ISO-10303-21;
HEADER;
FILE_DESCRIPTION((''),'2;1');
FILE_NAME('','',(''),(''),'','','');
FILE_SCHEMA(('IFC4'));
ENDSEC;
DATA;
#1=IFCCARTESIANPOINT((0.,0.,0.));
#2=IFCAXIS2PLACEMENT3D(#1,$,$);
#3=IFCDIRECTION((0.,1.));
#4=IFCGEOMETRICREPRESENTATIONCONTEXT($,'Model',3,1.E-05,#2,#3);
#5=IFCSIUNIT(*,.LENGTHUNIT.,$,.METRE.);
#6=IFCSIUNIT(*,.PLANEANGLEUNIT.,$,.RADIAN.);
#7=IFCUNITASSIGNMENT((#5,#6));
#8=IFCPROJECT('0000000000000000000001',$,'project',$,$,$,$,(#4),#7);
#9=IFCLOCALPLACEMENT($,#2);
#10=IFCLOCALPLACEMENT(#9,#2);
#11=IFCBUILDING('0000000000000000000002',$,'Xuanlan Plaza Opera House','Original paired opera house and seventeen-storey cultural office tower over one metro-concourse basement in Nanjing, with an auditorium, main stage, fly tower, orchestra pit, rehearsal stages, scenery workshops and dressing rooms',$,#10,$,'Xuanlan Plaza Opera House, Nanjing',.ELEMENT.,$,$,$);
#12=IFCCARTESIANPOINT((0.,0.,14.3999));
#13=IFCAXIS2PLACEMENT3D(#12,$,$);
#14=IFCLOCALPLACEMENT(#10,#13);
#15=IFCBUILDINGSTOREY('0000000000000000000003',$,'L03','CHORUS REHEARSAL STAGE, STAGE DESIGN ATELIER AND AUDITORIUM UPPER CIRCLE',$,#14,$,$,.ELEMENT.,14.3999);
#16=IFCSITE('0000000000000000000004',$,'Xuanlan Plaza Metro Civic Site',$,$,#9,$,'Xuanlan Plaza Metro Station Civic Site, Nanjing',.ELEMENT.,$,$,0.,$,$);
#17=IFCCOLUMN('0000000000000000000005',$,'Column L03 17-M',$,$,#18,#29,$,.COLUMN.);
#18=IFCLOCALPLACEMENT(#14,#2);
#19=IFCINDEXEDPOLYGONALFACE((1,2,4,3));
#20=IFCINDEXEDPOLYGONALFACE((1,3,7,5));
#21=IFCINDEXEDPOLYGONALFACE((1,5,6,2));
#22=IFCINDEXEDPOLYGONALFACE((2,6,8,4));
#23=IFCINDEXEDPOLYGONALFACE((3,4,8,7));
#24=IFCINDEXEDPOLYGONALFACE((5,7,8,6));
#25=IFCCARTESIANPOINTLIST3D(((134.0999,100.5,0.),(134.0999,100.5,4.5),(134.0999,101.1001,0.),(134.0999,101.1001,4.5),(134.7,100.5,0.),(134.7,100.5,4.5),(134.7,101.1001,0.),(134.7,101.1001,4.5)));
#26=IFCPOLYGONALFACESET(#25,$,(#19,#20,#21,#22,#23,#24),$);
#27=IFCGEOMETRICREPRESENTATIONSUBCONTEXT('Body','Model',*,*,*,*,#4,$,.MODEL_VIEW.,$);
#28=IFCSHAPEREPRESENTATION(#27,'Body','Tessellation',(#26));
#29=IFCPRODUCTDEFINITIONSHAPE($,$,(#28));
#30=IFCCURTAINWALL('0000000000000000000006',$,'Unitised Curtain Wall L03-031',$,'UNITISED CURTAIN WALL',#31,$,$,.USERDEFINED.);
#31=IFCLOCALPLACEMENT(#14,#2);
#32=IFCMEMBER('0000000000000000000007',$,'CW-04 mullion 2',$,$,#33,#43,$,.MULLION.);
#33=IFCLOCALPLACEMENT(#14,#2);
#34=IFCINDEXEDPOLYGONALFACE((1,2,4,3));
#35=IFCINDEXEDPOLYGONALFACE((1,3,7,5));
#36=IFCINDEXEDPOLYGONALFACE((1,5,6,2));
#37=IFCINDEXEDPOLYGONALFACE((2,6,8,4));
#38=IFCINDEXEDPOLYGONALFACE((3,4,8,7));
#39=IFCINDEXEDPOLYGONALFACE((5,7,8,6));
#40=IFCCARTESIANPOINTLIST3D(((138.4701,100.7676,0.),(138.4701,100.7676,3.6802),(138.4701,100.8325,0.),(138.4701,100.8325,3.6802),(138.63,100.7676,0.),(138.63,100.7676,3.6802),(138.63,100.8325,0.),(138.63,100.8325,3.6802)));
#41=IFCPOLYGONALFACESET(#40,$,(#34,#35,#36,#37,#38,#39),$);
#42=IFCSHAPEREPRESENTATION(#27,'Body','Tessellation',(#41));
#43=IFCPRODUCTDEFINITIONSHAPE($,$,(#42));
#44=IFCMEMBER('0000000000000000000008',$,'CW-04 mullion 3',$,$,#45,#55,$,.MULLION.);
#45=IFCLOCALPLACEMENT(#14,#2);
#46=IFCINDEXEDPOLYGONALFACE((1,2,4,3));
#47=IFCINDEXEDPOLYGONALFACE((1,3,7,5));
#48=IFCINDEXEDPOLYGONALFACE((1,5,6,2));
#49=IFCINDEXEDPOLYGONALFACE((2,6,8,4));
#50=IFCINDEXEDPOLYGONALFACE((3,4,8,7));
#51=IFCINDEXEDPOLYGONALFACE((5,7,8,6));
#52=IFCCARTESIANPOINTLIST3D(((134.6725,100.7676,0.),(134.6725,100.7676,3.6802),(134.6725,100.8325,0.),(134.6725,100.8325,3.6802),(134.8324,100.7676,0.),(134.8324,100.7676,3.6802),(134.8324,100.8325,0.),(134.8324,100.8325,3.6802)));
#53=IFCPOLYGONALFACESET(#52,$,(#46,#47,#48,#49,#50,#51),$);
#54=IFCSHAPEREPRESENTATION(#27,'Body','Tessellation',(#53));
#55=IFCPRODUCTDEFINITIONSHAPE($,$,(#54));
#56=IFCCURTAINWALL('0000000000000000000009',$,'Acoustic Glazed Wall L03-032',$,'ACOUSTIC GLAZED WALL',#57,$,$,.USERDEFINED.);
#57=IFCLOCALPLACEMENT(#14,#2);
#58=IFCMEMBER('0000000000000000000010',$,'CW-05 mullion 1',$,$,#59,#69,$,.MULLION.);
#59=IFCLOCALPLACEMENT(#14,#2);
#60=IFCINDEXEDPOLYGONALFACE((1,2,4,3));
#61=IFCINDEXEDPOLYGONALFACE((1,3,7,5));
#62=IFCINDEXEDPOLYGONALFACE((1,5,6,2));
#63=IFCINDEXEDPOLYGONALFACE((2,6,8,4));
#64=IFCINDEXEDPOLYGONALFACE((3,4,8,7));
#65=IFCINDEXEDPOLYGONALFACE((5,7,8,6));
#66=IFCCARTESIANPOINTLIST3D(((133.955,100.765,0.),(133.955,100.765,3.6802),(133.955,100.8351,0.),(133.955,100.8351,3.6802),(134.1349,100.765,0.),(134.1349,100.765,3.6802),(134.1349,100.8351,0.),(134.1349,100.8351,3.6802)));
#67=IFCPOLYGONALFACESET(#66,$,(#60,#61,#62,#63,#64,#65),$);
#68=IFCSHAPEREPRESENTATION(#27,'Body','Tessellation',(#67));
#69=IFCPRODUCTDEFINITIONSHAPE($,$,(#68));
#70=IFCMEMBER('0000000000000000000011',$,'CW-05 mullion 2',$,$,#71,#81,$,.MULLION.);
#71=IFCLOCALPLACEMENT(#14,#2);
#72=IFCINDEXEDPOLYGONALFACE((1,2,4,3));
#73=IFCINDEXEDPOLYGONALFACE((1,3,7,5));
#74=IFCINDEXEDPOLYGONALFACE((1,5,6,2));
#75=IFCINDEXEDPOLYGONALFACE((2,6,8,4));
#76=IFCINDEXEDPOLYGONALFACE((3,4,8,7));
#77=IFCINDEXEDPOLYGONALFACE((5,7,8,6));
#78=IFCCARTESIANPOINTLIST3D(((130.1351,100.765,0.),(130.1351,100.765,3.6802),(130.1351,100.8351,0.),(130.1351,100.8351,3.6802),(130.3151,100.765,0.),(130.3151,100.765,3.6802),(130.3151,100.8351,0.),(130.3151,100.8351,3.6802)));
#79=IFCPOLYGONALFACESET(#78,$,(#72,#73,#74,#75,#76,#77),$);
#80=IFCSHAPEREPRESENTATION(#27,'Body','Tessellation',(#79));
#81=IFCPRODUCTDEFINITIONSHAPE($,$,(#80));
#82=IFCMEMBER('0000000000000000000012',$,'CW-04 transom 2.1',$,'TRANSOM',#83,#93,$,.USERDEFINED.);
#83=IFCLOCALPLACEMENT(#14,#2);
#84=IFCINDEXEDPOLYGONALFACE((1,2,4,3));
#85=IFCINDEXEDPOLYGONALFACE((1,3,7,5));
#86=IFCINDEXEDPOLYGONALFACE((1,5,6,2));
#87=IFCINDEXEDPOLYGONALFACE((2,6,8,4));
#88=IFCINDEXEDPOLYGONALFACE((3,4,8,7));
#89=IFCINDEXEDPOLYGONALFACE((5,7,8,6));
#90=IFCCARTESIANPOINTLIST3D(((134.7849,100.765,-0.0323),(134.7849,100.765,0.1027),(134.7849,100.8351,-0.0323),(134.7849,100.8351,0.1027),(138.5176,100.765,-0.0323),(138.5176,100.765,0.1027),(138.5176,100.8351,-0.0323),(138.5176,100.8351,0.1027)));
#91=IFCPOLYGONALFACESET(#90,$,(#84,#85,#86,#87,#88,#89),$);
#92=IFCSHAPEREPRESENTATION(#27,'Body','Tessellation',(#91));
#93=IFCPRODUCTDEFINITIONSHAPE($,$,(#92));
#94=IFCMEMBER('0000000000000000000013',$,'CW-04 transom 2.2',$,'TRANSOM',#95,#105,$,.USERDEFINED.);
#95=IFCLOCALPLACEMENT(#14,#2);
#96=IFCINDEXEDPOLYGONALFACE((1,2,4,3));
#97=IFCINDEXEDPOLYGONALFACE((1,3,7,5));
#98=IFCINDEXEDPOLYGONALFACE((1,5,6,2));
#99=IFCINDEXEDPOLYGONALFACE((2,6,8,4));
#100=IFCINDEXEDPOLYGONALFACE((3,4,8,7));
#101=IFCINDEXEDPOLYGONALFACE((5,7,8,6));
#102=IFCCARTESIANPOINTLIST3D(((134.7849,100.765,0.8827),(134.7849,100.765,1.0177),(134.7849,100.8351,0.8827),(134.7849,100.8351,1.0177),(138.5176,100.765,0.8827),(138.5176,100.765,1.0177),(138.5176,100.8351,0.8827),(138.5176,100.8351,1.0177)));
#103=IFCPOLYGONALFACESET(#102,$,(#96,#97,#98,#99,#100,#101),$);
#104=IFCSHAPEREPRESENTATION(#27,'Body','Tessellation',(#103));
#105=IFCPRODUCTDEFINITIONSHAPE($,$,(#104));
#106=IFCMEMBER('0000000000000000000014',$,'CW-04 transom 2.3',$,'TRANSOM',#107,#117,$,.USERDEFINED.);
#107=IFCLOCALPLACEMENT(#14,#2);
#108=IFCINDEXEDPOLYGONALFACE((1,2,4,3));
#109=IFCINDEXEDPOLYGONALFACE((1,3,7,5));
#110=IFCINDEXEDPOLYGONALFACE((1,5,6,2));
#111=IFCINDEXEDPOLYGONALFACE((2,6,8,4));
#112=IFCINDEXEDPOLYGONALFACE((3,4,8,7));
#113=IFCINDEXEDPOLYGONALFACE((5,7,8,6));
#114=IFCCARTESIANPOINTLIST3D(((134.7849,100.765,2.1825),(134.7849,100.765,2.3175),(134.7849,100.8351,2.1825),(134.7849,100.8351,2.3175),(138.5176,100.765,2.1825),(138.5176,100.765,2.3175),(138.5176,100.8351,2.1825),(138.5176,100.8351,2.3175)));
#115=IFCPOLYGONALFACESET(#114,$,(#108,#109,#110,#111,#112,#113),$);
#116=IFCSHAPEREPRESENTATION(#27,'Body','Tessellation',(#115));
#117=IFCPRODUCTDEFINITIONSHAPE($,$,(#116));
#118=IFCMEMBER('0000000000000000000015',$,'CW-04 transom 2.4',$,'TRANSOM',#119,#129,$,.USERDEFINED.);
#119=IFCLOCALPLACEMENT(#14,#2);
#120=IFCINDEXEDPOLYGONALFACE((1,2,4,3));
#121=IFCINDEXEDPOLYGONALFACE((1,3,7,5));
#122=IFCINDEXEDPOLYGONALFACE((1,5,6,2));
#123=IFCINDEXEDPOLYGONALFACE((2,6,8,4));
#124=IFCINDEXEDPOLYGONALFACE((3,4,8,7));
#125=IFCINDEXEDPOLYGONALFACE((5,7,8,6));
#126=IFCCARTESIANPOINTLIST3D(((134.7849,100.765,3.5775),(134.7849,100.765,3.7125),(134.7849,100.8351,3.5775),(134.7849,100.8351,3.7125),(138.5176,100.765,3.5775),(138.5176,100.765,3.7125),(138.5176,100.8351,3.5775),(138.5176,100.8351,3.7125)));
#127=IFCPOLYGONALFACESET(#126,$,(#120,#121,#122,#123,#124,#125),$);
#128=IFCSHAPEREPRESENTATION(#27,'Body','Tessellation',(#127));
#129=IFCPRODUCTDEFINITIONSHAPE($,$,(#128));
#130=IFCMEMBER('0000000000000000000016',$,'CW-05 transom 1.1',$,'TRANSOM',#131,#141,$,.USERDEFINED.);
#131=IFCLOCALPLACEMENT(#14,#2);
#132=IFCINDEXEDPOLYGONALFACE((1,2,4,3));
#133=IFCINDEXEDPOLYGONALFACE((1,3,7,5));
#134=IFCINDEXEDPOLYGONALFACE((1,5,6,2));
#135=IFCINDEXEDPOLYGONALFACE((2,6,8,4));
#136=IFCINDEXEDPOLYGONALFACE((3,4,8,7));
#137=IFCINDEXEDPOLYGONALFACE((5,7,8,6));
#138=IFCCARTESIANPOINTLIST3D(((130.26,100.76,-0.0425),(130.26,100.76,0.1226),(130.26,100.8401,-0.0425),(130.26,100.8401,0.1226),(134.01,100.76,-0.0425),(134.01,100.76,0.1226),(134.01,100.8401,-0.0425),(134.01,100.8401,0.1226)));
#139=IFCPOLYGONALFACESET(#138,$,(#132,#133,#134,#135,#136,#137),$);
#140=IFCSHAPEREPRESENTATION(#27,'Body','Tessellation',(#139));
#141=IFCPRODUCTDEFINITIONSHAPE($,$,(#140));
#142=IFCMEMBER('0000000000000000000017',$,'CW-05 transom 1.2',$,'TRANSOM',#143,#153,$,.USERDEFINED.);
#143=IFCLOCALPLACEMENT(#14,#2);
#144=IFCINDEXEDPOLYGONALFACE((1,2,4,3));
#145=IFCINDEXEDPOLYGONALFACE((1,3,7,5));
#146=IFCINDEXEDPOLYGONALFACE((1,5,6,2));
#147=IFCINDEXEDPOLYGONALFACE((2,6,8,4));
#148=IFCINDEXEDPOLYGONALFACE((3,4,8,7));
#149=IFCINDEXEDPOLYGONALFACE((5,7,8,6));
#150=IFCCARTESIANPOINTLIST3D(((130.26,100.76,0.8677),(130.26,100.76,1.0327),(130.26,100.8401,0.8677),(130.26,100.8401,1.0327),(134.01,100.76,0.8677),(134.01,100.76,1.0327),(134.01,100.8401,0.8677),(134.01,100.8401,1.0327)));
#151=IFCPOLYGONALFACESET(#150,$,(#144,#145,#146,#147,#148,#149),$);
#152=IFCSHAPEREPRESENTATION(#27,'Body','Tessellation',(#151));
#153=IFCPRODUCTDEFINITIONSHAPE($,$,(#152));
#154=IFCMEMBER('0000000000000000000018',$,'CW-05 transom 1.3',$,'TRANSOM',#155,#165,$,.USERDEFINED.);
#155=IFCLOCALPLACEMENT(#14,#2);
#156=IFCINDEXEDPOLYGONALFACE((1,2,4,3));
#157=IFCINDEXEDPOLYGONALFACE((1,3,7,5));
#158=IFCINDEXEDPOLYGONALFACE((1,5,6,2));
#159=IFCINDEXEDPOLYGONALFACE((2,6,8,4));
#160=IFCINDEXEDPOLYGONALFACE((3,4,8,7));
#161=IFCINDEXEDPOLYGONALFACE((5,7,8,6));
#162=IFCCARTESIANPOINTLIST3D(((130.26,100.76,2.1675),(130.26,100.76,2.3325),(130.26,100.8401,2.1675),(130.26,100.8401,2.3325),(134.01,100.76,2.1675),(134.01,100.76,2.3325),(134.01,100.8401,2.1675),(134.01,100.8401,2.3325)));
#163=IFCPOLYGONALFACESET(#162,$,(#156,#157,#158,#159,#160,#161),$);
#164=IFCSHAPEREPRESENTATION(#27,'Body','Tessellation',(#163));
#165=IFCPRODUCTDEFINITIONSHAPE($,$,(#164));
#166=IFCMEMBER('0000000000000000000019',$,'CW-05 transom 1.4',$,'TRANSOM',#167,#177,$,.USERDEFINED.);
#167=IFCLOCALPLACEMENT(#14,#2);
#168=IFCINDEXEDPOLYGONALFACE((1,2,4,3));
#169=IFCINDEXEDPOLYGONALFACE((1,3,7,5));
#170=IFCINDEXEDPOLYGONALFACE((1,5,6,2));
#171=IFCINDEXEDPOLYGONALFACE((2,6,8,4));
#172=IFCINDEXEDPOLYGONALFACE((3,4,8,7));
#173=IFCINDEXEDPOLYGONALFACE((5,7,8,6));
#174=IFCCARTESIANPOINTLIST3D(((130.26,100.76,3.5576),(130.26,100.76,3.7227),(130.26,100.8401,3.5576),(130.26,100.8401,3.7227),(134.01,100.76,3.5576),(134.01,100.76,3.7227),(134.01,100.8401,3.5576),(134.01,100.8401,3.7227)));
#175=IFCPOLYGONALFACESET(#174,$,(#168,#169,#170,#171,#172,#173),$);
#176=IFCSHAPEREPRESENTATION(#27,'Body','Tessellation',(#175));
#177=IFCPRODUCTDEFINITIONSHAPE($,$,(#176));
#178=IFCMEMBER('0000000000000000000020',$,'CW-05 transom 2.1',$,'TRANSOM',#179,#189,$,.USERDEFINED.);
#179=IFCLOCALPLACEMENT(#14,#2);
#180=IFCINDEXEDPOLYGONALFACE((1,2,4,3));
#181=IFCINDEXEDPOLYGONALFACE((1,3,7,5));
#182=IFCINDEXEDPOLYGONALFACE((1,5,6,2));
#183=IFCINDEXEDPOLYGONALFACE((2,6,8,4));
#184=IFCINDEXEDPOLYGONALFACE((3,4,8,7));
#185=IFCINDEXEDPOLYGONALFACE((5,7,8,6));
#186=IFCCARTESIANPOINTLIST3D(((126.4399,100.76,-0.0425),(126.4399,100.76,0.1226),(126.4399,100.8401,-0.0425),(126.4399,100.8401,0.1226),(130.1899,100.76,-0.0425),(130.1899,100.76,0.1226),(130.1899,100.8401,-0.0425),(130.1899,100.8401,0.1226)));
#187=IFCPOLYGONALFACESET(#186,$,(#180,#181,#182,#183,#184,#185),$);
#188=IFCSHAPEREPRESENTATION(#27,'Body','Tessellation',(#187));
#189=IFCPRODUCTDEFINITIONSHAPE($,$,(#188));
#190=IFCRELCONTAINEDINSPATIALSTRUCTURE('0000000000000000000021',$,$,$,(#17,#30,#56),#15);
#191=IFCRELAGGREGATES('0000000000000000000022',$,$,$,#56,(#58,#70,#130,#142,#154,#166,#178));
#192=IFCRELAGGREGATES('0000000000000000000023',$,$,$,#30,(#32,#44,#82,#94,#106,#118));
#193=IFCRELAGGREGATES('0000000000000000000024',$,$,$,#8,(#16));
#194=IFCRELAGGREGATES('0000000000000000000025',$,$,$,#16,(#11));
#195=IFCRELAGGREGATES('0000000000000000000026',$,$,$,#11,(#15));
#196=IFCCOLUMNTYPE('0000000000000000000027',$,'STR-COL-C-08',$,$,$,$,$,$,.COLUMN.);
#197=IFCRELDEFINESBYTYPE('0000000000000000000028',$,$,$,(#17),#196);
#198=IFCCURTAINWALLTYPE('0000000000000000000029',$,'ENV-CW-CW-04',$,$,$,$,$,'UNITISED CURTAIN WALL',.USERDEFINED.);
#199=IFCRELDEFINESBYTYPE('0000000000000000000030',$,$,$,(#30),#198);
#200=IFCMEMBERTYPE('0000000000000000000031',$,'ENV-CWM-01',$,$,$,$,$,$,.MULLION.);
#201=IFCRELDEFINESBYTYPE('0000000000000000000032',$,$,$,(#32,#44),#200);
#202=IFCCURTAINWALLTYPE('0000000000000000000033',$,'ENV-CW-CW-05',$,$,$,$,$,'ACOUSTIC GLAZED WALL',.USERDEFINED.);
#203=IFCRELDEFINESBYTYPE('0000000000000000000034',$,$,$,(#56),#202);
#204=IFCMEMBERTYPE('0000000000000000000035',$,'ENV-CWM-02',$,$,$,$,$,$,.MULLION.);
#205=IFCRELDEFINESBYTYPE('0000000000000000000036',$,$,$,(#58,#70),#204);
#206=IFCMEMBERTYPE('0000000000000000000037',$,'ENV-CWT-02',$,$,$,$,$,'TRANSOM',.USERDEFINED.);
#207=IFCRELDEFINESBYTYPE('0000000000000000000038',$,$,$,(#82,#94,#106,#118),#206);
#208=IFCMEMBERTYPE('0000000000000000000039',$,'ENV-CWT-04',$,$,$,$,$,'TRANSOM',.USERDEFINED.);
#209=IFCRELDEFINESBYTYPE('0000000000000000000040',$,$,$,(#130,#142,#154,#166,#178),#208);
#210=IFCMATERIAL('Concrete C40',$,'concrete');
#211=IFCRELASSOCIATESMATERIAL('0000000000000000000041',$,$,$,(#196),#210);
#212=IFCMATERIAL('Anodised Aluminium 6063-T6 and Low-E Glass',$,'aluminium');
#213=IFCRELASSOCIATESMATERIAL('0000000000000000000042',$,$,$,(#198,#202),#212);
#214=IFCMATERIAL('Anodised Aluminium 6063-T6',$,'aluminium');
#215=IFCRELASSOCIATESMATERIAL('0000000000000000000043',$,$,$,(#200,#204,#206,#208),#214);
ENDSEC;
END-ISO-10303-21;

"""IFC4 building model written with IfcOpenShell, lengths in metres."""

from ifc_helpers import new_model, si_unit, direction, frame, origin, origin_2d, place, context, subcontext, project, spatial, rectangle, extrude, material, material_profile, profile_set, type_object, element, aggregate, save


model = new_model("IFC4")

# Units and contexts
model_context = context("Model", 3, precision=1e-05, world=origin(), true_north=direction((0.0, 1.0)))
body_context = subcontext(model_context, "Body", "Model", "MODEL_VIEW")
ifc_project = project(units=[si_unit("LENGTHUNIT", "METRE"), si_unit("PLANEANGLEUNIT", "RADIAN")], contexts=[model_context])

# Site, building, storey
site_placement = place(None, origin())
site = spatial("IfcSite", under=ifc_project, at=site_placement, Name="Xuanlan Plaza Metro Civic Site", LongName="Xuanlan Plaza Metro Station Civic Site, Nanjing", CompositionType="ELEMENT", RefElevation=0.0)
building_placement = place(site_placement, origin())
building = spatial("IfcBuilding", under=site, at=building_placement, Name="Xuanlan Plaza Opera House", Description="Original paired opera house and seventeen-storey cultural office tower over one metro-concourse basement in Nanjing, with an auditorium, main stage, fly tower, orchestra pit, rehearsal stages, scenery workshops and dressing rooms", LongName="Xuanlan Plaza Opera House, Nanjing", CompositionType="ELEMENT")
storey_placement = place(building_placement, frame((0.0, 0.0, 14.3999)))
storey = spatial("IfcBuildingStorey", under=building, at=storey_placement, Name="L03", Description="CHORUS REHEARSAL STAGE, STAGE DESIGN ATELIER AND AUDITORIUM UPPER CIRCLE", CompositionType="ELEMENT", Elevation=14.3999)

# Column
ifc_material_1 = material(Name="Concrete C40", Category="concrete")
ifc_material_profile_1 = material_profile(ifc_material_1, rectangle(XDim=0.6001, YDim=0.6001, at=origin_2d()), Name="RC-COL 600x600")
ifc_profile_set_1 = profile_set([ifc_material_profile_1], Name="Concrete C40")
column_type = type_object("IfcColumnType", Name="STR-COL-C-08", PredefinedType="COLUMN", material=ifc_profile_set_1)
column_placement = place(storey_placement, frame((134.3999, 100.8, 0.0), z_axis=(0.0, 0.0, 1.0), x_axis=(1.0, 0.0, 0.0)))
element("IfcColumn", 1, at=column_placement, inside=storey, type_object=column_type, Name="Column L03 17-M", PredefinedType="COLUMN", context=body_context, shape_type="SweptSolid", body=[
    extrude(rectangle(XDim=0.6001, YDim=0.6001, at=origin_2d()), origin(), (0.0, 0.0, 1.0), 4.5),
])

# Curtain walls, members
ifc_material_2 = material(Name="Anodised Aluminium 6063-T6 and Low-E Glass", Category="aluminium")
curtain_wall_type_1 = type_object("IfcCurtainWallType", Name="ENV-CW-CW-04", ElementType="UNITISED CURTAIN WALL", PredefinedType="USERDEFINED", material=ifc_material_2)
curtain_wall_1_placement = place(storey_placement, origin())
curtain_wall_1 = element("IfcCurtainWall", 2, at=curtain_wall_1_placement, inside=storey, type_object=curtain_wall_type_1, Name="Unitised Curtain Wall L03-031", ObjectType="UNITISED CURTAIN WALL", PredefinedType="USERDEFINED")
ifc_material_3 = material(Name="Anodised Aluminium 6063-T6", Category="aluminium")
ifc_material_profile_2 = material_profile(ifc_material_3, rectangle(XDim=0.0649, YDim=0.1599, at=origin_2d()), Name="ALU-M 65x160")
ifc_profile_set_2 = profile_set([ifc_material_profile_2], Name="Anodised Aluminium 6063-T6")
member_type_1 = type_object("IfcMemberType", Name="ENV-CWM-01", PredefinedType="MULLION", material=ifc_profile_set_2)
member_1_placement = place(storey_placement, frame((138.55, 100.8, 0.0), z_axis=(0.0, 0.0, 1.0), x_axis=(0.0, -1.0, 0.0)))
member_1 = element("IfcMember", 3, at=member_1_placement, type_object=member_type_1, Name="CW-04 mullion 2", PredefinedType="MULLION", context=body_context, shape_type="SweptSolid", body=[
    extrude(rectangle(XDim=0.0649, YDim=0.1599, at=origin_2d()), origin(), (0.0, 0.0, 1.0), 3.6802),
])
member_2_placement = place(storey_placement, frame((134.7524, 100.8, 0.0), z_axis=(0.0, 0.0, 1.0), x_axis=(0.0, -1.0, 0.0)))
member_2 = element("IfcMember", 4, at=member_2_placement, type_object=member_type_1, Name="CW-04 mullion 3", PredefinedType="MULLION", context=body_context, shape_type="SweptSolid", body=[
    extrude(rectangle(XDim=0.0649, YDim=0.1599, at=origin_2d()), origin(), (0.0, 0.0, 1.0), 3.6802),
])
curtain_wall_type_2 = type_object("IfcCurtainWallType", Name="ENV-CW-CW-05", ElementType="ACOUSTIC GLAZED WALL", PredefinedType="USERDEFINED", material=ifc_material_2)
curtain_wall_2_placement = place(storey_placement, origin())
curtain_wall_2 = element("IfcCurtainWall", 5, at=curtain_wall_2_placement, inside=storey, type_object=curtain_wall_type_2, Name="Acoustic Glazed Wall L03-032", ObjectType="ACOUSTIC GLAZED WALL", PredefinedType="USERDEFINED")
ifc_material_profile_3 = material_profile(ifc_material_3, rectangle(XDim=0.0701, YDim=0.1799, at=origin_2d()), Name="ALU-M 70x180")
ifc_profile_set_3 = profile_set([ifc_material_profile_3], Name="Anodised Aluminium 6063-T6")
member_type_2 = type_object("IfcMemberType", Name="ENV-CWM-02", PredefinedType="MULLION", material=ifc_profile_set_3)
member_3_placement = place(storey_placement, frame((134.0449, 100.8, 0.0), z_axis=(0.0, 0.0, 1.0), x_axis=(0.0, -1.0, 0.0)))
member_3 = element("IfcMember", 6, at=member_3_placement, type_object=member_type_2, Name="CW-05 mullion 1", PredefinedType="MULLION", context=body_context, shape_type="SweptSolid", body=[
    extrude(rectangle(XDim=0.0701, YDim=0.1799, at=origin_2d()), origin(), (0.0, 0.0, 1.0), 3.6802),
])
member_4_placement = place(storey_placement, frame((130.2251, 100.8, 0.0), z_axis=(0.0, 0.0, 1.0), x_axis=(0.0, -1.0, 0.0)))
member_4 = element("IfcMember", 7, at=member_4_placement, type_object=member_type_2, Name="CW-05 mullion 2", PredefinedType="MULLION", context=body_context, shape_type="SweptSolid", body=[
    extrude(rectangle(XDim=0.0701, YDim=0.1799, at=origin_2d()), origin(), (0.0, 0.0, 1.0), 3.6802),
])

# Members
ifc_material_profile_4 = material_profile(ifc_material_3, rectangle(XDim=0.0701, YDim=0.135, at=origin_2d()), Name="ALU-T 70x135")
ifc_profile_set_4 = profile_set([ifc_material_profile_4], Name="Anodised Aluminium 6063-T6")
member_type_3 = type_object("IfcMemberType", Name="ENV-CWT-02", ElementType="TRANSOM", PredefinedType="USERDEFINED", material=ifc_profile_set_4)
member_5_placement = place(storey_placement, frame((138.5176, 100.8, 0.0352), z_axis=(-1.0, 0.0, 0.0), x_axis=(0.0, -1.0, 0.0)))
member_5 = element("IfcMember", 8, at=member_5_placement, type_object=member_type_3, Name="CW-04 transom 2.1", ObjectType="TRANSOM", PredefinedType="USERDEFINED", context=body_context, shape_type="SweptSolid", body=[
    extrude(rectangle(XDim=0.0701, YDim=0.135, at=origin_2d()), origin(), (0.0, 0.0, 1.0), 3.7327),
])
member_6_placement = place(storey_placement, frame((138.5176, 100.8, 0.9502), z_axis=(-1.0, 0.0, 0.0), x_axis=(0.0, -1.0, 0.0)))
member_6 = element("IfcMember", 9, at=member_6_placement, type_object=member_type_3, Name="CW-04 transom 2.2", ObjectType="TRANSOM", PredefinedType="USERDEFINED", context=body_context, shape_type="SweptSolid", body=[
    extrude(rectangle(XDim=0.0701, YDim=0.135, at=origin_2d()), origin(), (0.0, 0.0, 1.0), 3.7327),
])
member_7_placement = place(storey_placement, frame((138.5176, 100.8, 2.25), z_axis=(-1.0, 0.0, 0.0), x_axis=(0.0, -1.0, 0.0)))
member_7 = element("IfcMember", 10, at=member_7_placement, type_object=member_type_3, Name="CW-04 transom 2.3", ObjectType="TRANSOM", PredefinedType="USERDEFINED", context=body_context, shape_type="SweptSolid", body=[
    extrude(rectangle(XDim=0.0701, YDim=0.135, at=origin_2d()), origin(), (0.0, 0.0, 1.0), 3.7327),
])
member_8_placement = place(storey_placement, frame((138.5176, 100.8, 3.645), z_axis=(-1.0, 0.0, 0.0), x_axis=(0.0, -1.0, 0.0)))
member_8 = element("IfcMember", 11, at=member_8_placement, type_object=member_type_3, Name="CW-04 transom 2.4", ObjectType="TRANSOM", PredefinedType="USERDEFINED", context=body_context, shape_type="SweptSolid", body=[
    extrude(rectangle(XDim=0.0701, YDim=0.135, at=origin_2d()), origin(), (0.0, 0.0, 1.0), 3.7327),
])
ifc_material_profile_5 = material_profile(ifc_material_3, rectangle(XDim=0.0801, YDim=0.165, at=origin_2d()), Name="ALU-T 80x165")
ifc_profile_set_5 = profile_set([ifc_material_profile_5], Name="Anodised Aluminium 6063-T6")
member_type_4 = type_object("IfcMemberType", Name="ENV-CWT-04", ElementType="TRANSOM", PredefinedType="USERDEFINED", material=ifc_profile_set_5)
member_9_placement = place(storey_placement, frame((134.01, 100.8, 0.04), z_axis=(-1.0, 0.0, 0.0), x_axis=(0.0, -1.0, 0.0)))
member_9 = element("IfcMember", 12, at=member_9_placement, type_object=member_type_4, Name="CW-05 transom 1.1", ObjectType="TRANSOM", PredefinedType="USERDEFINED", context=body_context, shape_type="SweptSolid", body=[
    extrude(rectangle(XDim=0.0801, YDim=0.165, at=origin_2d()), origin(), (0.0, 0.0, 1.0), 3.75),
])
member_10_placement = place(storey_placement, frame((134.01, 100.8, 0.9502), z_axis=(-1.0, 0.0, 0.0), x_axis=(0.0, -1.0, 0.0)))
member_10 = element("IfcMember", 13, at=member_10_placement, type_object=member_type_4, Name="CW-05 transom 1.2", ObjectType="TRANSOM", PredefinedType="USERDEFINED", context=body_context, shape_type="SweptSolid", body=[
    extrude(rectangle(XDim=0.0801, YDim=0.165, at=origin_2d()), origin(), (0.0, 0.0, 1.0), 3.75),
])
member_11_placement = place(storey_placement, frame((134.01, 100.8, 2.25), z_axis=(-1.0, 0.0, 0.0), x_axis=(0.0, -1.0, 0.0)))
member_11 = element("IfcMember", 14, at=member_11_placement, type_object=member_type_4, Name="CW-05 transom 1.3", ObjectType="TRANSOM", PredefinedType="USERDEFINED", context=body_context, shape_type="SweptSolid", body=[
    extrude(rectangle(XDim=0.0801, YDim=0.165, at=origin_2d()), origin(), (0.0, 0.0, 1.0), 3.75),
])
member_12_placement = place(storey_placement, frame((134.01, 100.8, 3.6401), z_axis=(-1.0, 0.0, 0.0), x_axis=(0.0, -1.0, 0.0)))
member_12 = element("IfcMember", 15, at=member_12_placement, type_object=member_type_4, Name="CW-05 transom 1.4", ObjectType="TRANSOM", PredefinedType="USERDEFINED", context=body_context, shape_type="SweptSolid", body=[
    extrude(rectangle(XDim=0.0801, YDim=0.165, at=origin_2d()), origin(), (0.0, 0.0, 1.0), 3.75),
])
member_13_placement = place(storey_placement, frame((130.1899, 100.8, 0.04), z_axis=(-1.0, 0.0, 0.0), x_axis=(0.0, -1.0, 0.0)))
member_13 = element("IfcMember", 16, at=member_13_placement, type_object=member_type_4, Name="CW-05 transom 2.1", ObjectType="TRANSOM", PredefinedType="USERDEFINED", context=body_context, shape_type="SweptSolid", body=[
    extrude(rectangle(XDim=0.0801, YDim=0.165, at=origin_2d()), origin(), (0.0, 0.0, 1.0), 3.75),
])

aggregate(curtain_wall_2, [member_3, member_4, member_9, member_10, member_11, member_12, member_13])
aggregate(curtain_wall_1, [member_1, member_2, member_5, member_6, member_7, member_8])

save(model, "model.ifc")
